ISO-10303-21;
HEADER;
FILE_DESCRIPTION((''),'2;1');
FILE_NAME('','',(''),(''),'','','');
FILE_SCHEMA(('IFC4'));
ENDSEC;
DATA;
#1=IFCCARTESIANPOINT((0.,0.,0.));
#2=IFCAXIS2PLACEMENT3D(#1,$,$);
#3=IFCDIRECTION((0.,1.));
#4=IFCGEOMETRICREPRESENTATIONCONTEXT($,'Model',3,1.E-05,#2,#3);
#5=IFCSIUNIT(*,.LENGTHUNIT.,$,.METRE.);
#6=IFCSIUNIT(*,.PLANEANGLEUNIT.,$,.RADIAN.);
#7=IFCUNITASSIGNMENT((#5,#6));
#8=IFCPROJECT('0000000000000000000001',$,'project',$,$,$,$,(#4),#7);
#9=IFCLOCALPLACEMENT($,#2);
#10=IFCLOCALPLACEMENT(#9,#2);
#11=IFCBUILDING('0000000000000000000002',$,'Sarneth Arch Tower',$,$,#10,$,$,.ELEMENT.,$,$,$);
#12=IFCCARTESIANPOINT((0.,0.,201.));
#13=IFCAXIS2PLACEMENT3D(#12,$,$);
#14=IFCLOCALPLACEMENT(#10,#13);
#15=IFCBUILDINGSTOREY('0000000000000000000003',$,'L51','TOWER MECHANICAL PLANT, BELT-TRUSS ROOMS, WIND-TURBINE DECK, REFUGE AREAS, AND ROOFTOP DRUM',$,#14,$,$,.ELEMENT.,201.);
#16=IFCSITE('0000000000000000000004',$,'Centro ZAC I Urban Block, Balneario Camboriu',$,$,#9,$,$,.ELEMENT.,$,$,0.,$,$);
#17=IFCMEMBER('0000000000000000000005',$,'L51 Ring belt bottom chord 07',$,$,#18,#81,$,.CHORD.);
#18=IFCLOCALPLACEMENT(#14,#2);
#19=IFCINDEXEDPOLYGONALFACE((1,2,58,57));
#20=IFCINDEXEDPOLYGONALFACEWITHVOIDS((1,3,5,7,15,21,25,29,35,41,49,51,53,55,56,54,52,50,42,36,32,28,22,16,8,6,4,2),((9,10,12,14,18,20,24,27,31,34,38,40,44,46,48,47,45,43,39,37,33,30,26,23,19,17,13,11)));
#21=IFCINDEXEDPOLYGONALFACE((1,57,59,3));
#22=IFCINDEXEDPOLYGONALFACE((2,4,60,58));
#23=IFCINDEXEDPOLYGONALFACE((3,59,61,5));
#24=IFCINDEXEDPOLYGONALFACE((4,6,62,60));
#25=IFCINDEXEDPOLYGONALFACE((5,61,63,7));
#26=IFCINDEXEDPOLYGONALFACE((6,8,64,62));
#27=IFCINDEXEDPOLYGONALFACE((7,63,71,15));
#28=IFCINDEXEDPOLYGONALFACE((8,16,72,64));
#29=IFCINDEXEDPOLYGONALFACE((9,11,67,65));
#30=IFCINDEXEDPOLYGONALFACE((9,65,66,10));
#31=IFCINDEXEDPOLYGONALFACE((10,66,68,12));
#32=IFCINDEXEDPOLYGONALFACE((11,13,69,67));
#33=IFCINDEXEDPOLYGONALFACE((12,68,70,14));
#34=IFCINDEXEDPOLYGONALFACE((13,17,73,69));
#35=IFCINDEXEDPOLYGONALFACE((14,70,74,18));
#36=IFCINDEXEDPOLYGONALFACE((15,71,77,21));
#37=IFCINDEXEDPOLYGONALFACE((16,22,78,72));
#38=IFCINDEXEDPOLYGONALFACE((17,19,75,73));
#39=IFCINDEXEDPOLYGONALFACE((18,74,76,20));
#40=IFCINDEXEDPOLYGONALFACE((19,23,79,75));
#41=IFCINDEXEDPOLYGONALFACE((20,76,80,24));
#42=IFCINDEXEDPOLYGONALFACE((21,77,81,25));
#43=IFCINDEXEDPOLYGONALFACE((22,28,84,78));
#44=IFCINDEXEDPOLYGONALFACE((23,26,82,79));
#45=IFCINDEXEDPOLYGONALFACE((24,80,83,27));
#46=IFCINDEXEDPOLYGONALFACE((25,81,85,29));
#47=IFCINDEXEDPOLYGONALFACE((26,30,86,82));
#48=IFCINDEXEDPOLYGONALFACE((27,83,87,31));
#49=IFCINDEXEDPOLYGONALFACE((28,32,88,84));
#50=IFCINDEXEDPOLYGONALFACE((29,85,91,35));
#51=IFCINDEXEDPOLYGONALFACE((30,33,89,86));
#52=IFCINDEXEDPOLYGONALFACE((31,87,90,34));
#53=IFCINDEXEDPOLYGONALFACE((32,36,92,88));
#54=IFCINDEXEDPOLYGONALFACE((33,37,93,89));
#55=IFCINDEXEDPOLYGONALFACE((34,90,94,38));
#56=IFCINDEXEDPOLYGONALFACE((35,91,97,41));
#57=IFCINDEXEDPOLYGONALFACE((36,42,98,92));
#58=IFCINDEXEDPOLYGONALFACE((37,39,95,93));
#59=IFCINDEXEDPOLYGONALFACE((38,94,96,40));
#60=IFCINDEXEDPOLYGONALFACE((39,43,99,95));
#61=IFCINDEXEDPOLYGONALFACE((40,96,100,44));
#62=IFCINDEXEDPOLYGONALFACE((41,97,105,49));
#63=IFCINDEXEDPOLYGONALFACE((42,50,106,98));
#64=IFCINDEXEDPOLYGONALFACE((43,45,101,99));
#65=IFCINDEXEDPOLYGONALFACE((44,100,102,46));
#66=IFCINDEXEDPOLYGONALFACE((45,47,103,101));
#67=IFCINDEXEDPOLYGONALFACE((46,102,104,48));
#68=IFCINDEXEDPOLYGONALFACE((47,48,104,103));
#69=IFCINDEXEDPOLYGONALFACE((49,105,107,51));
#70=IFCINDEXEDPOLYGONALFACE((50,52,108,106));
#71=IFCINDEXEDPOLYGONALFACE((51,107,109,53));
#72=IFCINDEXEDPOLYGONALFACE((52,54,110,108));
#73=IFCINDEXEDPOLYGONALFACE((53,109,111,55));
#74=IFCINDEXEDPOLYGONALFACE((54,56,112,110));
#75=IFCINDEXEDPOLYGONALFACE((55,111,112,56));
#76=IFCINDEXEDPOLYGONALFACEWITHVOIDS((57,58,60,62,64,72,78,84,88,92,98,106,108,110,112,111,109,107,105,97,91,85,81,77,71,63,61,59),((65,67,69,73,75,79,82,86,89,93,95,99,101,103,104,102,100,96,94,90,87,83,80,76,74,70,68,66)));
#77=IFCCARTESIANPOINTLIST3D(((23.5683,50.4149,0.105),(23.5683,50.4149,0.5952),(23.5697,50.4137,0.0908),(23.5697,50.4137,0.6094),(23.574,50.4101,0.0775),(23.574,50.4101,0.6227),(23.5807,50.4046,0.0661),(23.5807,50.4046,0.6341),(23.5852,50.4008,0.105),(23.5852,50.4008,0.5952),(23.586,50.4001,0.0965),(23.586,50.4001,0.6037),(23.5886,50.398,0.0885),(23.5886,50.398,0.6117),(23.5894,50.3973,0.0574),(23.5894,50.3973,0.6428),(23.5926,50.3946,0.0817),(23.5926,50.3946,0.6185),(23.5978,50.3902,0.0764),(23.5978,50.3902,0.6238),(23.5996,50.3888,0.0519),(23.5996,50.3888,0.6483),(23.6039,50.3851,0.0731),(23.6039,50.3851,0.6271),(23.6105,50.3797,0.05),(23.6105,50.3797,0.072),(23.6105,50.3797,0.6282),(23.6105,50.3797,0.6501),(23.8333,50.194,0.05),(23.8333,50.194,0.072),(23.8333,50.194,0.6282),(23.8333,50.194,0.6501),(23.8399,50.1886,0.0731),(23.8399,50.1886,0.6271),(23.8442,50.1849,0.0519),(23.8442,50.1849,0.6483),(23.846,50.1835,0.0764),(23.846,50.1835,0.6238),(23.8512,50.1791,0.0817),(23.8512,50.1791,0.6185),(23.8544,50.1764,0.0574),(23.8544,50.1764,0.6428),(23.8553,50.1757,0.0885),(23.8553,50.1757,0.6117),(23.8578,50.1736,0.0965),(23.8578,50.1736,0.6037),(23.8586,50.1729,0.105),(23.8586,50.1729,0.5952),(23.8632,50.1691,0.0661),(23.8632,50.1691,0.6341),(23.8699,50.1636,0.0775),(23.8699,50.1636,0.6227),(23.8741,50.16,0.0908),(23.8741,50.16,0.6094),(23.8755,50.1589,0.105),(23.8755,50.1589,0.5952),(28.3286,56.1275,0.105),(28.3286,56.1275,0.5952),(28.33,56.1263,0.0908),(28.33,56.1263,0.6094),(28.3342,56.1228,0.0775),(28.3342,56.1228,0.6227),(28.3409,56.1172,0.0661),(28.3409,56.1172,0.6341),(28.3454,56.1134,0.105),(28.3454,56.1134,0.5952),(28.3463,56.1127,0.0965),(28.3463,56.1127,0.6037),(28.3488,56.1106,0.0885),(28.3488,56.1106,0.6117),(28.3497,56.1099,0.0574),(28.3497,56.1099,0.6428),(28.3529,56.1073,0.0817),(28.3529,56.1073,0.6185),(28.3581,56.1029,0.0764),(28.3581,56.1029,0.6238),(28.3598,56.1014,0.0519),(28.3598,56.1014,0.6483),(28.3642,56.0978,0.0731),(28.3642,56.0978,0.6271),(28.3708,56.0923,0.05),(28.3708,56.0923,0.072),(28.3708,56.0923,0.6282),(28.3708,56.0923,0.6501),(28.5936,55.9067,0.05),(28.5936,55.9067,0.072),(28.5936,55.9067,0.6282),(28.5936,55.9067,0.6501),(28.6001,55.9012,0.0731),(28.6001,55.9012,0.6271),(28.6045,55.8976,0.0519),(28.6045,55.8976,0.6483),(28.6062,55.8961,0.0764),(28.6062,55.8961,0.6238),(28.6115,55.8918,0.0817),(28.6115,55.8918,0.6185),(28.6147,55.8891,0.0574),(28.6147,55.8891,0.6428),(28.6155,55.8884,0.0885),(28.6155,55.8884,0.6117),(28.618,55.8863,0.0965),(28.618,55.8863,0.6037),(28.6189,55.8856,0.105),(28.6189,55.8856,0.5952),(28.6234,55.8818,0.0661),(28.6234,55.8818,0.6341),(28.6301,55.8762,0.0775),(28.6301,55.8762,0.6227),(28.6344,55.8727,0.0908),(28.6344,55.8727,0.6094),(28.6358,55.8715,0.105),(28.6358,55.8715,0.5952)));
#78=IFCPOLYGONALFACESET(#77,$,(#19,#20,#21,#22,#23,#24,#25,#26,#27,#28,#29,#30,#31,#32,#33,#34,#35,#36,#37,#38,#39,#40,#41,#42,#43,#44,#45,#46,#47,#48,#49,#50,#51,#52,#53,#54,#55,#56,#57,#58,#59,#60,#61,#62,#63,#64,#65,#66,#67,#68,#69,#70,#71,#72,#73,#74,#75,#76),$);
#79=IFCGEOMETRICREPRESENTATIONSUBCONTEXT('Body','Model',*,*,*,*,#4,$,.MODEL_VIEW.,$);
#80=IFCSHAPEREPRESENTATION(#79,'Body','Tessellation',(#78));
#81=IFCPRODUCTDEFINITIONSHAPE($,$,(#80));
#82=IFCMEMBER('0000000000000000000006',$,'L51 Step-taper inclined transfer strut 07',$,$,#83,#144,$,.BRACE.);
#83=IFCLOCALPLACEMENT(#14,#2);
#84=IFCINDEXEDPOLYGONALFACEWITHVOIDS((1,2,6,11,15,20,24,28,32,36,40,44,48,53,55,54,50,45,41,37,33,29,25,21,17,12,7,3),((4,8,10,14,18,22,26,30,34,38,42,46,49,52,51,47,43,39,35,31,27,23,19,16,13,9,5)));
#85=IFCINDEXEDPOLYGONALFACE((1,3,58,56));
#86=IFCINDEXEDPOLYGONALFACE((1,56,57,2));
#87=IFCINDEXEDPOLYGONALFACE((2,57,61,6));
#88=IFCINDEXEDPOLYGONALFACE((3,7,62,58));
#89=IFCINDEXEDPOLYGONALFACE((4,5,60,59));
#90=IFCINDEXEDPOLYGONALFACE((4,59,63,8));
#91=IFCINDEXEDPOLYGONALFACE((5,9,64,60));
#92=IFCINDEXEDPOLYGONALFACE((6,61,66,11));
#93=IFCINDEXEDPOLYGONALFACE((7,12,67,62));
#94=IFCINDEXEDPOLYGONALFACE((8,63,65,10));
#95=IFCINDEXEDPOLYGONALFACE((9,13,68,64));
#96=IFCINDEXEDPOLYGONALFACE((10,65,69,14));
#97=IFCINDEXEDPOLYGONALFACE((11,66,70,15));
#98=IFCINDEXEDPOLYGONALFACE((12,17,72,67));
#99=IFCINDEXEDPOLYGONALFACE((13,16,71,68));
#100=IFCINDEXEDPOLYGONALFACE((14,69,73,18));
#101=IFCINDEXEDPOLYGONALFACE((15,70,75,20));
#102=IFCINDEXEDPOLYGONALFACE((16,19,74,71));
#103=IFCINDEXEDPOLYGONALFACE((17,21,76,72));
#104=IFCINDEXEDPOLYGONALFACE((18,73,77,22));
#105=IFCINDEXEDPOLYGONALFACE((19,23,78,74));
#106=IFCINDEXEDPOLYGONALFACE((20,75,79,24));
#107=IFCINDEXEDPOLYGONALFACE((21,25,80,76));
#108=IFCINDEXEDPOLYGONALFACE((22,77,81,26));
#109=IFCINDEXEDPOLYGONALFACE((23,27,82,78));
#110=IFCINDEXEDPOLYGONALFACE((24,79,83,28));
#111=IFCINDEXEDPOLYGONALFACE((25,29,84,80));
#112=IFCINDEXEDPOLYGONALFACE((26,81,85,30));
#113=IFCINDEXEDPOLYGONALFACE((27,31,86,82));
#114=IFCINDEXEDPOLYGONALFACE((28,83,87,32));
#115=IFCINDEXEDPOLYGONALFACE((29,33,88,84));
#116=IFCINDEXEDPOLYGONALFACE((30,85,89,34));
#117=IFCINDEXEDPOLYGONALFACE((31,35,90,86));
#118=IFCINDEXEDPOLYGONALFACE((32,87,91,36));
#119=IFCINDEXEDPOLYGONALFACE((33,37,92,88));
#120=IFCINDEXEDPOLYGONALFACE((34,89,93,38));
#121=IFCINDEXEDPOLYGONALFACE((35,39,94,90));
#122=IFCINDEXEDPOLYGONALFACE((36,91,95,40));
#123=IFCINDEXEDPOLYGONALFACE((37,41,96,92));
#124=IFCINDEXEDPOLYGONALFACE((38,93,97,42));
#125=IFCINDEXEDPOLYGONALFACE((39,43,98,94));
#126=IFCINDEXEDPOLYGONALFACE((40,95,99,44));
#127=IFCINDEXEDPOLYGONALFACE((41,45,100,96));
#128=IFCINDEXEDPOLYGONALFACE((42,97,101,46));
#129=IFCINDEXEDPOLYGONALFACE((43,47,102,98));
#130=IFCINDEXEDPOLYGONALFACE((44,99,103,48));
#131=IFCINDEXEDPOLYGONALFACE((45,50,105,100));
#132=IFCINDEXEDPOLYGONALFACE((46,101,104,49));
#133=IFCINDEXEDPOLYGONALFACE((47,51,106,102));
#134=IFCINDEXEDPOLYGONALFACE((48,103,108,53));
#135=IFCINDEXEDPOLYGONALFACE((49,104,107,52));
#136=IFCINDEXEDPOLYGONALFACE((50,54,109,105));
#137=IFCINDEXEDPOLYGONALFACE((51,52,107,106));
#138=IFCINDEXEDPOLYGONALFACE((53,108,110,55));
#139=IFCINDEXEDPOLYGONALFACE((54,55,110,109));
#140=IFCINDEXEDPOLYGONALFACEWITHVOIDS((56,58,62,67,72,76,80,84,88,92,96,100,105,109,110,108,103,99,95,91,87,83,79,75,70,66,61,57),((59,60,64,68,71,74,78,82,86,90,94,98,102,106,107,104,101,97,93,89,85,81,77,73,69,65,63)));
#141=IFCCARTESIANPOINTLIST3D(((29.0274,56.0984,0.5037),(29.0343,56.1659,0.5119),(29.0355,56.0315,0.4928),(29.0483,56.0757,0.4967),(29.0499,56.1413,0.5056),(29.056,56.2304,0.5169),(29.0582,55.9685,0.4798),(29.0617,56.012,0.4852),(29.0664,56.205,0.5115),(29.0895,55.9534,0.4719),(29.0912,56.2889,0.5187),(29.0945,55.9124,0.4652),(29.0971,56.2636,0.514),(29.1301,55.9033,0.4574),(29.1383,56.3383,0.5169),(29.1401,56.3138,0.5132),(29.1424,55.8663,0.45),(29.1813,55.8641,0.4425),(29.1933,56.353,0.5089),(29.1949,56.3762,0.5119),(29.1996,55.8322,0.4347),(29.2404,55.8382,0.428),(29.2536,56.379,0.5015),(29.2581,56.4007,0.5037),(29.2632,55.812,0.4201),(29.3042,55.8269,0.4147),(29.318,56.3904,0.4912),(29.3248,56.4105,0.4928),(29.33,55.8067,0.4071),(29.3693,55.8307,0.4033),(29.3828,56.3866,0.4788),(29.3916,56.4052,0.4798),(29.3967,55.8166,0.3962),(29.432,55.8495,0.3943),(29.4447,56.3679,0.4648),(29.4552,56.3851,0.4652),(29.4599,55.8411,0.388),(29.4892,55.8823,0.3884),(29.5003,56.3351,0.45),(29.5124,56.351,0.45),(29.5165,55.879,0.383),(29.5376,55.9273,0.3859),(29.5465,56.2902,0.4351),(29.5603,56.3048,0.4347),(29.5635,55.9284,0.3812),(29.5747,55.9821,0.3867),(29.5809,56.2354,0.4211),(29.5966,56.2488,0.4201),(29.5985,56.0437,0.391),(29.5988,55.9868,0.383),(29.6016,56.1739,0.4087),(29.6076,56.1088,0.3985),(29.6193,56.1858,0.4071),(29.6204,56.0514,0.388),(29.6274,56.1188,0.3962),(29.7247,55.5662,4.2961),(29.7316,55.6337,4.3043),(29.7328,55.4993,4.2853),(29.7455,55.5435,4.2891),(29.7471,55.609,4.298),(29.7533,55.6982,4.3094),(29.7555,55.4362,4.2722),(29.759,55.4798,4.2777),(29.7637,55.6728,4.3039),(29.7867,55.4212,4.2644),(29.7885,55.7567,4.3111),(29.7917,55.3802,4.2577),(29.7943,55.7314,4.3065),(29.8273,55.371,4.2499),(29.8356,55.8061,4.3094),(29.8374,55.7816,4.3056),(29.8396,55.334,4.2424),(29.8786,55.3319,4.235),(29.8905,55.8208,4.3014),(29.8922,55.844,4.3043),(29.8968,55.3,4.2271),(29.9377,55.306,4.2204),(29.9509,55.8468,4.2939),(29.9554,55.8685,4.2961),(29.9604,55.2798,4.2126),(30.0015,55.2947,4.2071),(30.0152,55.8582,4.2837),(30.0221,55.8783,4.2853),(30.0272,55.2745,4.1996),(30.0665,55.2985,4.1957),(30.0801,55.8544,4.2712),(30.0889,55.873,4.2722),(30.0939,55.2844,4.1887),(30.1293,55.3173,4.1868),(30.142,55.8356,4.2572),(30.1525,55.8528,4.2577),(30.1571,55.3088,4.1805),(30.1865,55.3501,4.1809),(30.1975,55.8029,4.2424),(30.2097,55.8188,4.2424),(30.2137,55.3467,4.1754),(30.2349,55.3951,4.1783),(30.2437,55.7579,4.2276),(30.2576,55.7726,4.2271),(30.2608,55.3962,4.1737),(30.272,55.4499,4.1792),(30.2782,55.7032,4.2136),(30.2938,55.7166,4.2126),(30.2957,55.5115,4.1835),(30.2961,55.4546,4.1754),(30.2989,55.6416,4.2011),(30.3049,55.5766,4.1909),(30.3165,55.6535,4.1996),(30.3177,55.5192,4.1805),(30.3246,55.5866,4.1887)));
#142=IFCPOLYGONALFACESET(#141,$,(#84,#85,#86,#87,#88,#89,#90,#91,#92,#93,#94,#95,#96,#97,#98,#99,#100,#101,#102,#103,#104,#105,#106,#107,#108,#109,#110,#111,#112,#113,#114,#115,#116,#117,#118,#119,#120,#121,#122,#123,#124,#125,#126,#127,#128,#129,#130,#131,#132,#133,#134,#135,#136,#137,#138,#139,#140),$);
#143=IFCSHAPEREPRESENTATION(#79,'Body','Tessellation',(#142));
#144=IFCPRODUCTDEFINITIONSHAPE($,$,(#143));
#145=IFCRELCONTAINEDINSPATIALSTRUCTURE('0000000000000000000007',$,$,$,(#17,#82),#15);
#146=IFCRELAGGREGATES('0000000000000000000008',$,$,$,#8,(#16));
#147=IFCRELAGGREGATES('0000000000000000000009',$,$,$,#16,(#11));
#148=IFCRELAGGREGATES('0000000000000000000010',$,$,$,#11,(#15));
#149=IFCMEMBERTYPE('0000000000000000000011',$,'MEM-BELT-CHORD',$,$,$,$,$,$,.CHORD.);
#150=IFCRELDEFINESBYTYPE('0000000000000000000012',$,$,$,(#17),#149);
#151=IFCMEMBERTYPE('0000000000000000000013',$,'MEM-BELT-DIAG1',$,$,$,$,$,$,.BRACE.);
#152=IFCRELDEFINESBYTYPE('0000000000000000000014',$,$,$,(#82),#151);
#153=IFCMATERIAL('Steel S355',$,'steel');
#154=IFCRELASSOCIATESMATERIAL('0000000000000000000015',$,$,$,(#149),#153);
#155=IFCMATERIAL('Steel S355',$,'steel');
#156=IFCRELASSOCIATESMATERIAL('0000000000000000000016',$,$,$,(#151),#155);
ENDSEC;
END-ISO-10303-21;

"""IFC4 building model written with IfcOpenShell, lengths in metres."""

from ifc_helpers import new_model, si_unit, direction, frame, origin, origin_2d, place, context, subcontext, project, spatial, hollow_rectangle, hollow_circle, extrude, material, material_profile, profile_set, type_object, element, save


model = new_model("IFC4")

# Units and contexts
model_context = context("Model", 3, precision=1e-05, world=origin(), true_north=direction((0.0, 1.0)))
body_context = subcontext(model_context, "Body", "Model", "MODEL_VIEW")
ifc_project = project(units=[si_unit("LENGTHUNIT", "METRE"), si_unit("PLANEANGLEUNIT", "RADIAN")], contexts=[model_context])

# Site, building, storey
site_placement = place(None, origin())
site = spatial("IfcSite", under=ifc_project, at=site_placement, Name="Centro ZAC I Urban Block, Balneario Camboriu", CompositionType="ELEMENT", RefElevation=0.0)
building_placement = place(site_placement, origin())
building = spatial("IfcBuilding", under=site, at=building_placement, Name="Sarneth Arch Tower", CompositionType="ELEMENT")
storey_placement = place(building_placement, frame((0.0, 0.0, 201.0)))
storey = spatial("IfcBuildingStorey", under=building, at=storey_placement, Name="L51", Description="TOWER MECHANICAL PLANT, BELT-TRUSS ROOMS, WIND-TURBINE DECK, REFUGE AREAS, AND ROOFTOP DRUM", CompositionType="ELEMENT", Elevation=201.0)

# Members
ifc_material_1 = material(Name="Steel S355", Category="steel")
ifc_material_profile_1 = material_profile(ifc_material_1, hollow_rectangle(XDim=0.3999, YDim=0.6001, WallThickness=0.022, InnerFilletRadius=0.033, OuterFilletRadius=0.0549, at=origin_2d()), Name="RHS600x400x22")
ifc_profile_set_1 = profile_set([ifc_material_profile_1], Name="Steel S355")
member_type_1 = type_object("IfcMemberType", Name="MEM-BELT-CHORD", PredefinedType="CHORD", material=ifc_profile_set_1)
member_1_placement = place(storey_placement, frame((28.4822, 55.9995, 0.3501), z_axis=(-0.640162, -0.76824, 0.0), x_axis=(0.76824, -0.640162, 0.0)))
element("IfcMember", 1, at=member_1_placement, inside=storey, type_object=member_type_1, Name="L51 Ring belt bottom chord 07", PredefinedType="CHORD", context=body_context, shape_type="SweptSolid", body=[
    extrude(hollow_rectangle(XDim=0.3999, YDim=0.6001, WallThickness=0.022, InnerFilletRadius=0.033, OuterFilletRadius=0.0549, at=origin_2d()), origin(), (0.0, 0.0, 1.0), 7.436),
])
ifc_material_2 = material(Name="Steel S355", Category="steel")
ifc_material_profile_2 = material_profile(ifc_material_2, hollow_circle(Radius=0.3049, WallThickness=0.02, at=origin_2d()), Name="CHS610x20")
ifc_profile_set_2 = profile_set([ifc_material_profile_2], Name="Steel S355")
member_type_2 = type_object("IfcMemberType", Name="MEM-BELT-DIAG1", PredefinedType="BRACE", material=ifc_profile_set_2)
member_2_placement = place(storey_placement, frame((29.3274, 56.1086, 0.45), z_axis=(0.179126, -0.136728, 0.974279), x_axis=(0.606747, 0.794895, 0.0)))
element("IfcMember", 2, at=member_2_placement, inside=storey, type_object=member_type_2, Name="L51 Step-taper inclined transfer strut 07", PredefinedType="BRACE", context=body_context, shape_type="SweptSolid", body=[
    extrude(hollow_circle(Radius=0.3049, WallThickness=0.02, at=origin_2d()), origin(), (0.0, 0.0, 1.0), 3.8926),
])

save(model, "model.ifc")
